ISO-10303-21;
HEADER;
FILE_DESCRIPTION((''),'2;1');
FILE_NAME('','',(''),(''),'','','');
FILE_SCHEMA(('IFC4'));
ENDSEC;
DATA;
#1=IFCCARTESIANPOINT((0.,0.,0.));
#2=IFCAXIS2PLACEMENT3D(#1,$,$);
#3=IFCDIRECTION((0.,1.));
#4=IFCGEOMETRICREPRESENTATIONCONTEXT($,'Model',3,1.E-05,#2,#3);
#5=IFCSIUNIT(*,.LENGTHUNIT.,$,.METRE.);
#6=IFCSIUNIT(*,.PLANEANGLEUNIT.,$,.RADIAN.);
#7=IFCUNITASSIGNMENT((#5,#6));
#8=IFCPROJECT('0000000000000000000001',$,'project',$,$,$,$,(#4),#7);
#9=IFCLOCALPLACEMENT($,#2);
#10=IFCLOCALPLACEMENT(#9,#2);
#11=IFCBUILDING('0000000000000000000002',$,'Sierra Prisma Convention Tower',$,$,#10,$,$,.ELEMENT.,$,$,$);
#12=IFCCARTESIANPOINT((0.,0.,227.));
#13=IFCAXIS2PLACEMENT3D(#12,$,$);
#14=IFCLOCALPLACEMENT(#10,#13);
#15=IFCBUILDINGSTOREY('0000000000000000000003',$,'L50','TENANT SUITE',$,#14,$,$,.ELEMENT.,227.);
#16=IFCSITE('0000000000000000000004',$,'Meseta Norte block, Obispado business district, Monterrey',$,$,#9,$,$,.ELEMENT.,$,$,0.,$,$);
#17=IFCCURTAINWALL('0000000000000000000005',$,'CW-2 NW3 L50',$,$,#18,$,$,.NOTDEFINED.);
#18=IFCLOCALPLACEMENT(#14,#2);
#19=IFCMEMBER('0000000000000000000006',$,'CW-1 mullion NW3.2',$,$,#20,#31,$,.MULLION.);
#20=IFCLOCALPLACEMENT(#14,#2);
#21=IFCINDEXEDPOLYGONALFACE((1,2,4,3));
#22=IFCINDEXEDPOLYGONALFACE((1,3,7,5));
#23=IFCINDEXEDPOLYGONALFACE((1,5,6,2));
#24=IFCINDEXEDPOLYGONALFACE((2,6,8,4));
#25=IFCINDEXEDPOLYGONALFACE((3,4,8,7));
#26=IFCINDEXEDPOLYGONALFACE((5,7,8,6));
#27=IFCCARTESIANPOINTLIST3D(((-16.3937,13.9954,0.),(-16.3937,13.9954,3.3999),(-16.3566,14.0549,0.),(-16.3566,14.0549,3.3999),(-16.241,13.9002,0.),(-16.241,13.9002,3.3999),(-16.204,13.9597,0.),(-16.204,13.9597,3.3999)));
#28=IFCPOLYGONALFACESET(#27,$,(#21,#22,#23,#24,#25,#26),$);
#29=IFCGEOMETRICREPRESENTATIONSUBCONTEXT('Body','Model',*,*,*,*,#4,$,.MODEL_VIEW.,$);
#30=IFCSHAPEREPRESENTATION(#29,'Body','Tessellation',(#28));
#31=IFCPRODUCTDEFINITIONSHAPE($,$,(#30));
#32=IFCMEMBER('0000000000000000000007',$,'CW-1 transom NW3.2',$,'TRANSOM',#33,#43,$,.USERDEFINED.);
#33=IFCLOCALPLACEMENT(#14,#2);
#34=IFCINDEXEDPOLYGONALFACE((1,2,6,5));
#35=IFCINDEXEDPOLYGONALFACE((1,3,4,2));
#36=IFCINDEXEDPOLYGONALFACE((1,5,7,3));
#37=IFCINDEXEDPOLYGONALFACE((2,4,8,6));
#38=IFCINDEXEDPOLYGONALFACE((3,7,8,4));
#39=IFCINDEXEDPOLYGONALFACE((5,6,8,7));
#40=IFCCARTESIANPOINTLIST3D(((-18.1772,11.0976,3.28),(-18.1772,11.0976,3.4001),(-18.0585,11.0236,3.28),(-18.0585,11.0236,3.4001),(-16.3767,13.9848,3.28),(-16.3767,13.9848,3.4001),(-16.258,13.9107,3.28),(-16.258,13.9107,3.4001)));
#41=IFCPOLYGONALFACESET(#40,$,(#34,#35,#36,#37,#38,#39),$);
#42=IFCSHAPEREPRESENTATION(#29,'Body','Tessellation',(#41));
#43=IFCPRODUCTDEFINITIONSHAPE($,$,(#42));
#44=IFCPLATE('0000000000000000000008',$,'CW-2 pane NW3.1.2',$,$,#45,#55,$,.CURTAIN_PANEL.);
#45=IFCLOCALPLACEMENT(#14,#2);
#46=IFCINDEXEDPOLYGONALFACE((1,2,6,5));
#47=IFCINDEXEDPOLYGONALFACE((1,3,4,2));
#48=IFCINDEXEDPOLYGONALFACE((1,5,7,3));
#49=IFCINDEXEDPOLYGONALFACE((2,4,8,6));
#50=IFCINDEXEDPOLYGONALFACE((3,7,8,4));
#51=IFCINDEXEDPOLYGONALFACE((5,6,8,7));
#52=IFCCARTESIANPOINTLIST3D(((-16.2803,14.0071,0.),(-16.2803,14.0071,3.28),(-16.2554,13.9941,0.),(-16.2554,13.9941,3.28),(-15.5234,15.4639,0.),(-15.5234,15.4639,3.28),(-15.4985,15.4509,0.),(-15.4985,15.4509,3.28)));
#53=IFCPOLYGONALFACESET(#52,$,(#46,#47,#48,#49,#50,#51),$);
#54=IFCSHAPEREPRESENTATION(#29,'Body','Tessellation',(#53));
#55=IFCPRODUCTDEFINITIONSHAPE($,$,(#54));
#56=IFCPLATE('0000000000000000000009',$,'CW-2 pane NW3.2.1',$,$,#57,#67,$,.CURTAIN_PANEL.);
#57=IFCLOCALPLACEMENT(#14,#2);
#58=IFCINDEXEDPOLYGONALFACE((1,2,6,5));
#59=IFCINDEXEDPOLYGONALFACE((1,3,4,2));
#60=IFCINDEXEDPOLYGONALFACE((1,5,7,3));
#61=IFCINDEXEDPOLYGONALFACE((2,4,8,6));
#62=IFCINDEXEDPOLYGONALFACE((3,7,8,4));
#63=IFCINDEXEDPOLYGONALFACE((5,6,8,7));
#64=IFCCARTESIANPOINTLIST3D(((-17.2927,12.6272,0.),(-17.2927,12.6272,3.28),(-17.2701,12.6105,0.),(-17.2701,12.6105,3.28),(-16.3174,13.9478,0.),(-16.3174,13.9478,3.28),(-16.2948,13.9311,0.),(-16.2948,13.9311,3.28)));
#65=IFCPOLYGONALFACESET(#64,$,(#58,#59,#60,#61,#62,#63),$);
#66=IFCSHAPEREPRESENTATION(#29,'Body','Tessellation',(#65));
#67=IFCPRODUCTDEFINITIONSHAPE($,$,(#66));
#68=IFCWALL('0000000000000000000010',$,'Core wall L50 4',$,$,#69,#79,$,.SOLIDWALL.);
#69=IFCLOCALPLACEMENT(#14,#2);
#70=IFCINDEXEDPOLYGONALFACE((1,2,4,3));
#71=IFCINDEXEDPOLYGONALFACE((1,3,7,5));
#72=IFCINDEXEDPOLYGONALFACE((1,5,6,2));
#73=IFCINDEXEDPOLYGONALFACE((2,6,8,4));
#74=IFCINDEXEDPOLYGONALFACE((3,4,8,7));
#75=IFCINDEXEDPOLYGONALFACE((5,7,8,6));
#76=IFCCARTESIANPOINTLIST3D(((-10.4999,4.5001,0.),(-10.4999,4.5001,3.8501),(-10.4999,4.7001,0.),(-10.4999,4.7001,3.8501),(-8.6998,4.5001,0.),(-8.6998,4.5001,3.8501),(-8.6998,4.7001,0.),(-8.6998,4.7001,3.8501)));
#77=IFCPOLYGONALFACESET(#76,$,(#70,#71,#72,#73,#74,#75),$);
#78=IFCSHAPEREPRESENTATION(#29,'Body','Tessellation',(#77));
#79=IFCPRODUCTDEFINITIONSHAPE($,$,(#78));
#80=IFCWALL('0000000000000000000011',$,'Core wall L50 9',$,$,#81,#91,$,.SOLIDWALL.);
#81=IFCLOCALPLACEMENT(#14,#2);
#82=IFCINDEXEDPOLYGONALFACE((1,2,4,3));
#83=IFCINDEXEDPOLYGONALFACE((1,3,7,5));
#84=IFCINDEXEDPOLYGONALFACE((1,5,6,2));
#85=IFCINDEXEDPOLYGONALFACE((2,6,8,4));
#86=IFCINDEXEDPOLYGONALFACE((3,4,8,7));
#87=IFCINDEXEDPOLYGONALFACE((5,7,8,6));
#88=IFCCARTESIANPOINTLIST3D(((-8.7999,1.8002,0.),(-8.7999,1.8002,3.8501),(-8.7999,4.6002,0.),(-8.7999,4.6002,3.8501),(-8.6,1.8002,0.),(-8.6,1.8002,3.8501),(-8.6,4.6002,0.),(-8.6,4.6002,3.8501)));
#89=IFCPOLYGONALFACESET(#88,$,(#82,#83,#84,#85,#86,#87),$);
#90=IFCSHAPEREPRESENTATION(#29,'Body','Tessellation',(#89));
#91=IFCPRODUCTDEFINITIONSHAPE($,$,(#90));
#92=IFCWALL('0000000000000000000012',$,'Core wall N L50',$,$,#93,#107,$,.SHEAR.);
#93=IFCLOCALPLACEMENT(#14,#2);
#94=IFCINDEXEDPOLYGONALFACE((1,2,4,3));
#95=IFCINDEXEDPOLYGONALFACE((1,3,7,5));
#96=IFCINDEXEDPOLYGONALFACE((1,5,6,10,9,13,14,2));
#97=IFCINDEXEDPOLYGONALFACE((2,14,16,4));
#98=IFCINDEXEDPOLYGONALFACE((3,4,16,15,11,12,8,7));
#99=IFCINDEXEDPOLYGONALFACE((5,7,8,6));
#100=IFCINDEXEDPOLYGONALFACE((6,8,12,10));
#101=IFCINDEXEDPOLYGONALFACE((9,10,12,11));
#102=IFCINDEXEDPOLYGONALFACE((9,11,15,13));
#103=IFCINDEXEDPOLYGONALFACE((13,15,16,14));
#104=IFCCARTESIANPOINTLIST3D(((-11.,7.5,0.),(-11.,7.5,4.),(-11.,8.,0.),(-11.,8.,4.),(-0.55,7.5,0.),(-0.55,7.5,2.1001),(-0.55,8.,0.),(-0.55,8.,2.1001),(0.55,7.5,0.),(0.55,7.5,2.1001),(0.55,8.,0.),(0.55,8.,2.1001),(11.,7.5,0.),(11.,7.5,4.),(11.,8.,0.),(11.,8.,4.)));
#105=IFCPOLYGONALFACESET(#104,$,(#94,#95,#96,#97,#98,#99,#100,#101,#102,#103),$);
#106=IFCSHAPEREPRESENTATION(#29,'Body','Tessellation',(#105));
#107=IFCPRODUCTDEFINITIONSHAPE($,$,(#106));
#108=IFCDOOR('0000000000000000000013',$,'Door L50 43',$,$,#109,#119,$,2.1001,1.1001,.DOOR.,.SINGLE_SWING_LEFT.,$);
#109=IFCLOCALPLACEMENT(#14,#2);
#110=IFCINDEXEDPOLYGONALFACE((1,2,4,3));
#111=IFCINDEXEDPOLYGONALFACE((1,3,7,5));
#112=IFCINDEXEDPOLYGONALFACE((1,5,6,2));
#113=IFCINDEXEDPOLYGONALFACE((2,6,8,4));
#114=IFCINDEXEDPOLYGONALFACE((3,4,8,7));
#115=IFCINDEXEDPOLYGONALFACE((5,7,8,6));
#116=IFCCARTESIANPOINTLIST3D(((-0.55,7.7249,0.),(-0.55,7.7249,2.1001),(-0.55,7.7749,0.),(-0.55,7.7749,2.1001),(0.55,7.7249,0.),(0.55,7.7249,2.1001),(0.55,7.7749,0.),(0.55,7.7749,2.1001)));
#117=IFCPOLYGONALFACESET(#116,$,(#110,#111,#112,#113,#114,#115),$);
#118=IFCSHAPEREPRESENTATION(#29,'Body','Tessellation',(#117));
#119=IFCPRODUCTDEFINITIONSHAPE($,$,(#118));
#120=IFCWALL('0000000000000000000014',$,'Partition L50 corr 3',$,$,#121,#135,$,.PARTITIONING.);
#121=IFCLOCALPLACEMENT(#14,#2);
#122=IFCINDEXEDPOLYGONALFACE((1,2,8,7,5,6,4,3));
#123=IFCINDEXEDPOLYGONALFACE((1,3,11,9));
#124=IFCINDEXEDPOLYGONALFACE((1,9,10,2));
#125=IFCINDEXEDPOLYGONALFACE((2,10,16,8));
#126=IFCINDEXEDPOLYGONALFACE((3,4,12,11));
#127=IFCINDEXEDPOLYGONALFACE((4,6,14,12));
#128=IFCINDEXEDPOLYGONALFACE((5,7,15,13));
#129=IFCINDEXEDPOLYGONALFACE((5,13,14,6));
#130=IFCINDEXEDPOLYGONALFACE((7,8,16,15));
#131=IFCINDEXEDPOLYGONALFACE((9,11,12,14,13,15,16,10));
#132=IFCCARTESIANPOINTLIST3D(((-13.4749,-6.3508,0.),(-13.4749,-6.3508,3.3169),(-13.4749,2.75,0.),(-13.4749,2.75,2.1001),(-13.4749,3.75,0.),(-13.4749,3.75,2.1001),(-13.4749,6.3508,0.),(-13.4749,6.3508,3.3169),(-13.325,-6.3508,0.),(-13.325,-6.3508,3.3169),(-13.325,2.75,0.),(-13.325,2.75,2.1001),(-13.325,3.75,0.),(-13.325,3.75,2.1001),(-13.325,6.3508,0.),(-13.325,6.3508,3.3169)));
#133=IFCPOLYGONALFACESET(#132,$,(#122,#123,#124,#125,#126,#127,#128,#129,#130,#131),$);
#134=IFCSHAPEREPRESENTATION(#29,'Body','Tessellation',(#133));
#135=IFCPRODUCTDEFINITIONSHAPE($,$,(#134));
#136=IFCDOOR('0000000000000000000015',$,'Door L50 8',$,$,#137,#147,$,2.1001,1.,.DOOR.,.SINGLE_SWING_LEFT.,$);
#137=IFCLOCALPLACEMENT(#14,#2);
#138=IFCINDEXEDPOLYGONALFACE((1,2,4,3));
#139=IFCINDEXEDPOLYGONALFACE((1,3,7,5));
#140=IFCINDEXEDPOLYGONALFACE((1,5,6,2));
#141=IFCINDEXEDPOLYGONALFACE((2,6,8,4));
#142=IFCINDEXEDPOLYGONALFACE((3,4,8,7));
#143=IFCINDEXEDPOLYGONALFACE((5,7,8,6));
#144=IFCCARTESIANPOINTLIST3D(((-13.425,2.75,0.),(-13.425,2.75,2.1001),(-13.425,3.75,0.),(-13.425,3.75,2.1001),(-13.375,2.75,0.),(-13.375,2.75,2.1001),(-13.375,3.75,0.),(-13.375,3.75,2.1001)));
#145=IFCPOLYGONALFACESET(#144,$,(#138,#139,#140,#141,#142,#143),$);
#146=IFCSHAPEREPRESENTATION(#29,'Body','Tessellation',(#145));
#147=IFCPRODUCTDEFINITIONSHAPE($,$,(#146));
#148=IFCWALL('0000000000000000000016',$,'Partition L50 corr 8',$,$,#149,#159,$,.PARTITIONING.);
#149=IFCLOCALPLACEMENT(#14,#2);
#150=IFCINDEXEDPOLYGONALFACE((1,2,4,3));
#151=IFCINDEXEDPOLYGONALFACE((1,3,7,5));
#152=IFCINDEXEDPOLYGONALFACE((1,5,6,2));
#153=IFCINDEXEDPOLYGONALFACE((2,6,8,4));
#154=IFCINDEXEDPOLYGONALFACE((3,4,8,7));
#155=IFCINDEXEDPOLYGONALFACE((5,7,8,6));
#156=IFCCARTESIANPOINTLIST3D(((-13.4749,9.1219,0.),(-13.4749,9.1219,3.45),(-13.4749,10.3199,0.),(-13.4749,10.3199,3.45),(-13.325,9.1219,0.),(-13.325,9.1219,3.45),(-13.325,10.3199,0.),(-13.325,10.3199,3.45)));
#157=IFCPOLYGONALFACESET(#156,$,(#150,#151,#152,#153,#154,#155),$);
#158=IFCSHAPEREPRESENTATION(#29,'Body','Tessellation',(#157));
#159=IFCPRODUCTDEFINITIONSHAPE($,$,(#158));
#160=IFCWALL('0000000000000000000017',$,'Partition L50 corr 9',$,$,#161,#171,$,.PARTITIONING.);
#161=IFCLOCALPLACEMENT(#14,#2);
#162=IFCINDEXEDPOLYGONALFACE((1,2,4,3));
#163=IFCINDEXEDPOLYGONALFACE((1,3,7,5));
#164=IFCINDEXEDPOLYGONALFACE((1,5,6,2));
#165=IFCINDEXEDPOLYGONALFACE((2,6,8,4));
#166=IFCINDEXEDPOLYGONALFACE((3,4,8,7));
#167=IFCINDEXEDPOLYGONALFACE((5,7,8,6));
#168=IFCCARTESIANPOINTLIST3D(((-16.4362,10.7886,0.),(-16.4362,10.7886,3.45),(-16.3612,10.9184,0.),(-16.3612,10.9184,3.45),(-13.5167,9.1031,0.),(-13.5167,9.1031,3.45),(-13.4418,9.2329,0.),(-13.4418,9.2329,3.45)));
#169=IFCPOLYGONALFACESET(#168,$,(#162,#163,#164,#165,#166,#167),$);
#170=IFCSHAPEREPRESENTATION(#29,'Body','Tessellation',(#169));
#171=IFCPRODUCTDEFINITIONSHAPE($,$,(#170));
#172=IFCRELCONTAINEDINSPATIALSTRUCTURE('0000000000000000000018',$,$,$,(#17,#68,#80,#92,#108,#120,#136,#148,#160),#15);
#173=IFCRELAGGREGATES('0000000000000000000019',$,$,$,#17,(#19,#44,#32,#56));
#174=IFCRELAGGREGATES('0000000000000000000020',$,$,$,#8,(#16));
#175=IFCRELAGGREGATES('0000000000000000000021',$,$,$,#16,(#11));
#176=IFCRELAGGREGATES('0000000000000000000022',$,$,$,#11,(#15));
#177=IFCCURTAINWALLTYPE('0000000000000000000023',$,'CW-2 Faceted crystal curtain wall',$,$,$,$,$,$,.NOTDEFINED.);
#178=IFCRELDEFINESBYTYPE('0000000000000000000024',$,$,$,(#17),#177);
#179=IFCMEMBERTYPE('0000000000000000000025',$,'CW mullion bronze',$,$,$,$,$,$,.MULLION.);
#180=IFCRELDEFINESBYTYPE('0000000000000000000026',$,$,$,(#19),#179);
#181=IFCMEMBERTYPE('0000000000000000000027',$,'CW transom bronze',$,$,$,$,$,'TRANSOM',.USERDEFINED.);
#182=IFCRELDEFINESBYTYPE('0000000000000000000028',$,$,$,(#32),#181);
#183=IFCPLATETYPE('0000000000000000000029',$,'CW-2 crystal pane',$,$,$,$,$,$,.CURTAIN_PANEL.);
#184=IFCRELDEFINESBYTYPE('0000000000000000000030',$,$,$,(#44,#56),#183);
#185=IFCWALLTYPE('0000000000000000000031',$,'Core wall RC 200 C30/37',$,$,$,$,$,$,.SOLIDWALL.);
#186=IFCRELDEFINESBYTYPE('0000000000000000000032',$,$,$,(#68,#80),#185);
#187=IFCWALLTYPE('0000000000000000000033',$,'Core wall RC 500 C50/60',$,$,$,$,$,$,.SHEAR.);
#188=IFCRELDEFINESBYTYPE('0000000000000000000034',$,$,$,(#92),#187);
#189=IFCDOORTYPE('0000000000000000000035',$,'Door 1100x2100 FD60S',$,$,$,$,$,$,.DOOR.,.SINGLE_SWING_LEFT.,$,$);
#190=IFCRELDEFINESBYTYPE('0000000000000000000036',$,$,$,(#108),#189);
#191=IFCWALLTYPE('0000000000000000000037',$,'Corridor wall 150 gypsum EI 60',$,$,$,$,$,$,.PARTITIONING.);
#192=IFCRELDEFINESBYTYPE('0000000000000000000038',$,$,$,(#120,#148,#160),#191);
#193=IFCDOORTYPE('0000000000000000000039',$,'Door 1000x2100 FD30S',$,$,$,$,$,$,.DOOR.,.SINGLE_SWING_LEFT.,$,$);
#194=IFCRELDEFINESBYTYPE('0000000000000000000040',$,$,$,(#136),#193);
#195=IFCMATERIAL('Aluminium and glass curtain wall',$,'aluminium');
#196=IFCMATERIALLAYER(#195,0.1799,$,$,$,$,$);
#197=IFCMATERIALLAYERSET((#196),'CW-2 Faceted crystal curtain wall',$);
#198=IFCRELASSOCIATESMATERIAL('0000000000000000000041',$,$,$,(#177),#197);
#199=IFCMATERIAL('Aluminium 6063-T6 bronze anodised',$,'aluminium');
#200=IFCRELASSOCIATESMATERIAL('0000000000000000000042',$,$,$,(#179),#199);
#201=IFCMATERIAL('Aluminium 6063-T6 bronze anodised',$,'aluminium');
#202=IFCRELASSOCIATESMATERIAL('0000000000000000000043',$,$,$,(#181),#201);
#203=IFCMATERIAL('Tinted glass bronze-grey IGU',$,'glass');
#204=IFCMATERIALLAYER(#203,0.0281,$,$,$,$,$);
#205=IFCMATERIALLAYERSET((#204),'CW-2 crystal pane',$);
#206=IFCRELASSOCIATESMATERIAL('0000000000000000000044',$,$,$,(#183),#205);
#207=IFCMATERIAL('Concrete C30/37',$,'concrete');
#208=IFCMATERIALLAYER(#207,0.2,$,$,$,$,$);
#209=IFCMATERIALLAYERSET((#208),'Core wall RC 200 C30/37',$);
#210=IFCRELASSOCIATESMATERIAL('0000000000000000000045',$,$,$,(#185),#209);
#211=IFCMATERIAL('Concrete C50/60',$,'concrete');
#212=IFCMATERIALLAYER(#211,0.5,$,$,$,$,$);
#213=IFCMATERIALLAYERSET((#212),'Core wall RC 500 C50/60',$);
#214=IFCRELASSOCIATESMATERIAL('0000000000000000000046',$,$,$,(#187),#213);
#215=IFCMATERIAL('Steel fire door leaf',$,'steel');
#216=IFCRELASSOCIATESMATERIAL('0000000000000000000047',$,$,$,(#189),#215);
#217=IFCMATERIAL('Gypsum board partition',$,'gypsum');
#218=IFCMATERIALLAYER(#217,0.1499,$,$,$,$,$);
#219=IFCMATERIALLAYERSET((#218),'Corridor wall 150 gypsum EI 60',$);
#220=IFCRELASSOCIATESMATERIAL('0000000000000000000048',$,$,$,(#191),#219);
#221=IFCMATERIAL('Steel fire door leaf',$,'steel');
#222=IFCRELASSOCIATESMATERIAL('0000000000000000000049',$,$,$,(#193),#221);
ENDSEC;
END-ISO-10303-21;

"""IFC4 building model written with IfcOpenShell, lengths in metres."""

from ifc_helpers import new_model, si_unit, direction, frame, frame_2d, origin, origin_2d, place, context, subcontext, project, spatial, polyline, rectangle, outline, extrude, material, layer, layer_set, material_profile, profile_set, type_object, element, fill, aggregate, save


model = new_model("IFC4")

# Units and contexts
model_context = context("Model", 3, precision=1e-05, world=origin(), true_north=direction((0.0, 1.0)))
body_context = subcontext(model_context, "Body", "Model", "MODEL_VIEW")
ifc_project = project(units=[si_unit("LENGTHUNIT", "METRE"), si_unit("PLANEANGLEUNIT", "RADIAN")], contexts=[model_context])

# Site, building, storey
site_placement = place(None, origin())
site = spatial("IfcSite", under=ifc_project, at=site_placement, Name="Meseta Norte block, Obispado business district, Monterrey", CompositionType="ELEMENT", RefElevation=0.0)
building_placement = place(site_placement, origin())
building = spatial("IfcBuilding", under=site, at=building_placement, Name="Sierra Prisma Convention Tower", CompositionType="ELEMENT")
storey_placement = place(building_placement, frame((0.0, 0.0, 227.0)))
storey = spatial("IfcBuildingStorey", under=building, at=storey_placement, Name="L50", Description="TENANT SUITE", CompositionType="ELEMENT", Elevation=227.0)

# Curtain wall, members, plates
ifc_material_1 = material(Name="Aluminium and glass curtain wall", Category="aluminium")
ifc_layer_1 = layer(ifc_material_1, 0.1799)
ifc_layer_set_1 = layer_set([ifc_layer_1], Name="CW-2 Faceted crystal curtain wall")
curtain_wall_type = type_object("IfcCurtainWallType", Name="CW-2 Faceted crystal curtain wall", PredefinedType="NOTDEFINED", material=ifc_layer_set_1)
curtain_wall_placement = place(storey_placement, origin())
curtain_wall = element("IfcCurtainWall", 1, at=curtain_wall_placement, inside=storey, type_object=curtain_wall_type, Name="CW-2 NW3 L50", PredefinedType="NOTDEFINED")
ifc_material_2 = material(Name="Aluminium 6063-T6 bronze anodised", Category="aluminium")
ifc_material_profile_1 = material_profile(ifc_material_2, rectangle(XDim=0.1799, YDim=0.0701, at=origin_2d()), Name="ALU MULLION 70x180")
ifc_profile_set_1 = profile_set([ifc_material_profile_1], Name="Aluminium 6063-T6 bronze anodised")
member_type_1 = type_object("IfcMemberType", Name="CW mullion bronze", PredefinedType="MULLION", material=ifc_profile_set_1)
member_1_placement = place(storey_placement, frame((-16.2988, 13.9775, 0.0), z_axis=(0.0, 0.0, 1.0), x_axis=(0.848503, -0.529191, 0.0)))
member_1 = element("IfcMember", 2, at=member_1_placement, type_object=member_type_1, Name="CW-1 mullion NW3.2", PredefinedType="MULLION", context=body_context, shape_type="SweptSolid", body=[
    extrude(rectangle(XDim=0.1799, YDim=0.0701, at=origin_2d()), origin(), (0.0, 0.0, 1.0), 3.3999),
])
ifc_material_3 = material(Name="Aluminium 6063-T6 bronze anodised", Category="aluminium")
ifc_material_profile_2 = material_profile(ifc_material_3, rectangle(XDim=0.1399, YDim=0.1201, at=origin_2d()), Name="ALU TRANSOM 120x140")
ifc_profile_set_2 = profile_set([ifc_material_profile_2], Name="Aluminium 6063-T6 bronze anodised")
member_type_2 = type_object("IfcMemberType", Name="CW transom bronze", ElementType="TRANSOM", PredefinedType="USERDEFINED", material=ifc_profile_set_2)
member_2_placement = place(storey_placement, frame((-16.3174, 13.9478, 3.3401), z_axis=(-0.52916, -0.848522, 0.0), x_axis=(0.848522, -0.52916, 0.0)))
member_2 = element("IfcMember", 3, at=member_2_placement, type_object=member_type_2, Name="CW-1 transom NW3.2", ObjectType="TRANSOM", PredefinedType="USERDEFINED", context=body_context, shape_type="SweptSolid", body=[
    extrude(rectangle(XDim=0.1399, YDim=0.1201, at=origin_2d()), origin(), (0.0, 0.0, 1.0), 3.4026),
])
ifc_material_4 = material(Name="Tinted glass bronze-grey IGU", Category="glass")
ifc_layer_2 = layer(ifc_material_4, 0.0281)
ifc_layer_set_2 = layer_set([ifc_layer_2], Name="CW-2 crystal pane")
plate_type = type_object("IfcPlateType", Name="CW-2 crystal pane", PredefinedType="CURTAIN_PANEL", material=ifc_layer_set_2)
plate_1_placement = place(storey_placement, frame((-16.2803, 14.0071, 0.0), z_axis=(-0.88739, 0.46102, 0.0), x_axis=(0.46102, 0.88739, 0.0)))
plate_1 = element("IfcPlate", 4, at=plate_1_placement, type_object=plate_type, Name="CW-2 pane NW3.1.2", PredefinedType="CURTAIN_PANEL", context=body_context, shape_type="SweptSolid", body=[
    extrude(outline(polyline([(0.0, 0.0), (1.6417, 0.0), (1.6417, -3.28), (0.0, -3.28), (0.0, 0.0)])), origin(), (0.0, 0.0, -1.0), 0.0281),
])
plate_2_placement = place(storey_placement, frame((-16.3174, 13.9478, 0.0), z_axis=(-0.804386, 0.594107, 0.0), x_axis=(-0.594107, -0.804386, 0.0)))
plate_2 = element("IfcPlate", 5, at=plate_2_placement, type_object=plate_type, Name="CW-2 pane NW3.2.1", PredefinedType="CURTAIN_PANEL", context=body_context, shape_type="SweptSolid", body=[
    extrude(outline(polyline([(0.0, 0.0), (1.6417, 0.0), (1.6417, 3.28), (0.0, 3.28), (0.0, 0.0)])), origin(), (0.0, 0.0, -1.0), 0.0281),
])
aggregate(curtain_wall, [member_1, plate_1, member_2, plate_2])

# Shared definitions
ifc_material_5 = material(Name="Concrete C30/37", Category="concrete")
ifc_layer_3 = layer(ifc_material_5, 0.2)
ifc_layer_set_3 = layer_set([ifc_layer_3], Name="Core wall RC 200 C30/37")
wall_type_1 = type_object("IfcWallType", Name="Core wall RC 200 C30/37", PredefinedType="SOLIDWALL", material=ifc_layer_set_3)

# Wall
wall_1_placement = place(storey_placement, frame((-8.7, 4.6001, 0.0), z_axis=(0.0, 0.0, 1.0), x_axis=(-1.0, 0.0, 0.0)))
element("IfcWall", 6, at=wall_1_placement, inside=storey, type_object=wall_type_1, Name="Core wall L50 4", PredefinedType="SOLIDWALL", context=body_context, shape_type="SweptSolid", body=[
    extrude(rectangle(XDim=1.8, YDim=0.2, at=frame_2d((0.8999, 0.0))), origin(), (0.0, 0.0, 1.0), 3.8501),
])

# Wall
wall_2_placement = place(storey_placement, frame((-8.7, 4.6001, 0.0), z_axis=(0.0, 0.0, 1.0), x_axis=(0.0, -1.0, 0.0)))
element("IfcWall", 7, at=wall_2_placement, inside=storey, type_object=wall_type_1, Name="Core wall L50 9", PredefinedType="SOLIDWALL", context=body_context, shape_type="SweptSolid", body=[
    extrude(rectangle(XDim=2.8, YDim=0.2, at=frame_2d((1.3999, 0.0))), origin(), (0.0, 0.0, 1.0), 3.8501),
])

# Walls, openings, doors
ifc_material_6 = material(Name="Concrete C50/60", Category="concrete")
ifc_layer_4 = layer(ifc_material_6, 0.5)
ifc_layer_set_4 = layer_set([ifc_layer_4], Name="Core wall RC 500 C50/60")
wall_type_2 = type_object("IfcWallType", Name="Core wall RC 500 C50/60", PredefinedType="SHEAR", material=ifc_layer_set_4)
wall_3_placement = place(storey_placement, frame((-11.0, 7.75, 0.0), z_axis=(0.0, 0.0, 1.0), x_axis=(1.0, 0.0, 0.0)))
wall_3 = element("IfcWall", 8, at=wall_3_placement, inside=storey, type_object=wall_type_2, Name="Core wall N L50", PredefinedType="SHEAR", context=body_context, shape_type="SweptSolid", body=[
    extrude(rectangle(XDim=22.0, YDim=0.5, at=frame_2d((11.0, 0.0))), origin(), (0.0, 0.0, 1.0), 4.0),
])
opening_1_placement = place(wall_3_placement, frame((10.45, 0.0, 0.0)))
opening_1 = element("IfcOpeningElement", 9, at=opening_1_placement, cuts=wall_3, PredefinedType="OPENING", context=body_context, shape_type="SweptSolid", body=[
    extrude(rectangle(XDim=1.1001, YDim=2.1001, at=frame_2d((0.55, 1.05))), frame((0.0, 0.25, 0.0), z_axis=(0.0, -1.0, 0.0), x_axis=(1.0, 0.0, 0.0)), (0.0, 0.0, 1.0), 0.5),
])
ifc_material_7 = material(Name="Steel fire door leaf", Category="steel")
door_type_1 = type_object("IfcDoorType", Name="Door 1100x2100 FD60S", OperationType="SINGLE_SWING_LEFT", PredefinedType="DOOR", material=ifc_material_7)
door_1_placement = place(opening_1_placement, origin())
door_1 = element("IfcDoor", 10, at=door_1_placement, inside=storey, type_object=door_type_1, Name="Door L50 43", OperationType="SINGLE_SWING_LEFT", OverallHeight=2.1001, OverallWidth=1.1001, PredefinedType="DOOR", context=body_context, shape_type="SweptSolid", body=[
    extrude(rectangle(XDim=1.1001, YDim=2.1001, at=frame_2d((0.55, 1.05))), frame((0.0, 0.0249, 0.0), z_axis=(0.0, -1.0, 0.0), x_axis=(1.0, 0.0, 0.0)), (0.0, 0.0, 1.0), 0.05),
])
fill(opening_1, door_1)
ifc_material_8 = material(Name="Gypsum board partition", Category="gypsum")
ifc_layer_5 = layer(ifc_material_8, 0.1499)
ifc_layer_set_5 = layer_set([ifc_layer_5], Name="Corridor wall 150 gypsum EI 60")
wall_type_3 = type_object("IfcWallType", Name="Corridor wall 150 gypsum EI 60", PredefinedType="PARTITIONING", material=ifc_layer_set_5)
wall_4_placement = place(storey_placement, frame((-13.3999, 6.3508, 0.0), z_axis=(0.0, 0.0, 1.0), x_axis=(0.0, -1.0, 0.0)))
wall_4 = element("IfcWall", 11, at=wall_4_placement, inside=storey, type_object=wall_type_3, Name="Partition L50 corr 3", PredefinedType="PARTITIONING", context=body_context, shape_type="SweptSolid", body=[
    extrude(rectangle(XDim=12.7017, YDim=0.1499, at=frame_2d((6.3508, 0.0))), origin(), (0.0, 0.0, 1.0), 3.3169),
])
opening_2_placement = place(wall_4_placement, frame((2.6008, 0.0, 0.0)))
opening_2 = element("IfcOpeningElement", 12, at=opening_2_placement, cuts=wall_4, PredefinedType="OPENING", context=body_context, shape_type="SweptSolid", body=[
    extrude(rectangle(XDim=1.0, YDim=2.1001, at=frame_2d((0.5, 1.05))), frame((0.0, 0.075, 0.0), z_axis=(0.0, -1.0, 0.0), x_axis=(1.0, 0.0, 0.0)), (0.0, 0.0, 1.0), 0.1499),
])
ifc_material_9 = material(Name="Steel fire door leaf", Category="steel")
door_type_2 = type_object("IfcDoorType", Name="Door 1000x2100 FD30S", OperationType="SINGLE_SWING_LEFT", PredefinedType="DOOR", material=ifc_material_9)
door_2_placement = place(opening_2_placement, origin())
door_2 = element("IfcDoor", 13, at=door_2_placement, inside=storey, type_object=door_type_2, Name="Door L50 8", OperationType="SINGLE_SWING_LEFT", OverallHeight=2.1001, OverallWidth=1.0, PredefinedType="DOOR", context=body_context, shape_type="SweptSolid", body=[
    extrude(rectangle(XDim=1.0, YDim=2.1001, at=frame_2d((0.5, 1.05))), frame((0.0, 0.0249, 0.0), z_axis=(0.0, -1.0, 0.0), x_axis=(1.0, 0.0, 0.0)), (0.0, 0.0, 1.0), 0.05),
])
fill(opening_2, door_2)

# Walls
wall_5_placement = place(storey_placement, frame((-13.3999, 10.3201, 0.0), z_axis=(0.0, 0.0, 1.0), x_axis=(0.0, -1.0, 0.0)))
element("IfcWall", 14, at=wall_5_placement, inside=storey, type_object=wall_type_3, Name="Partition L50 corr 8", PredefinedType="PARTITIONING", context=body_context, shape_type="SweptSolid", body=[
    extrude(rectangle(XDim=1.198, YDim=0.1499, at=frame_2d((0.5991, 0.0))), origin(), (0.0, 0.0, 1.0), 3.45),
])
wall_6_placement = place(storey_placement, frame((-13.4792, 9.168, 0.0), z_axis=(0.0, 0.0, 1.0), x_axis=(-0.866024, 0.500002, 0.0)))
element("IfcWall", 15, at=wall_6_placement, inside=storey, type_object=wall_type_3, Name="Partition L50 corr 9", PredefinedType="PARTITIONING", context=body_context, shape_type="SweptSolid", body=[
    extrude(rectangle(XDim=3.3711, YDim=0.1499, at=frame_2d((1.6855, 0.0))), origin(), (0.0, 0.0, 1.0), 3.45),
])

save(model, "model.ifc")
